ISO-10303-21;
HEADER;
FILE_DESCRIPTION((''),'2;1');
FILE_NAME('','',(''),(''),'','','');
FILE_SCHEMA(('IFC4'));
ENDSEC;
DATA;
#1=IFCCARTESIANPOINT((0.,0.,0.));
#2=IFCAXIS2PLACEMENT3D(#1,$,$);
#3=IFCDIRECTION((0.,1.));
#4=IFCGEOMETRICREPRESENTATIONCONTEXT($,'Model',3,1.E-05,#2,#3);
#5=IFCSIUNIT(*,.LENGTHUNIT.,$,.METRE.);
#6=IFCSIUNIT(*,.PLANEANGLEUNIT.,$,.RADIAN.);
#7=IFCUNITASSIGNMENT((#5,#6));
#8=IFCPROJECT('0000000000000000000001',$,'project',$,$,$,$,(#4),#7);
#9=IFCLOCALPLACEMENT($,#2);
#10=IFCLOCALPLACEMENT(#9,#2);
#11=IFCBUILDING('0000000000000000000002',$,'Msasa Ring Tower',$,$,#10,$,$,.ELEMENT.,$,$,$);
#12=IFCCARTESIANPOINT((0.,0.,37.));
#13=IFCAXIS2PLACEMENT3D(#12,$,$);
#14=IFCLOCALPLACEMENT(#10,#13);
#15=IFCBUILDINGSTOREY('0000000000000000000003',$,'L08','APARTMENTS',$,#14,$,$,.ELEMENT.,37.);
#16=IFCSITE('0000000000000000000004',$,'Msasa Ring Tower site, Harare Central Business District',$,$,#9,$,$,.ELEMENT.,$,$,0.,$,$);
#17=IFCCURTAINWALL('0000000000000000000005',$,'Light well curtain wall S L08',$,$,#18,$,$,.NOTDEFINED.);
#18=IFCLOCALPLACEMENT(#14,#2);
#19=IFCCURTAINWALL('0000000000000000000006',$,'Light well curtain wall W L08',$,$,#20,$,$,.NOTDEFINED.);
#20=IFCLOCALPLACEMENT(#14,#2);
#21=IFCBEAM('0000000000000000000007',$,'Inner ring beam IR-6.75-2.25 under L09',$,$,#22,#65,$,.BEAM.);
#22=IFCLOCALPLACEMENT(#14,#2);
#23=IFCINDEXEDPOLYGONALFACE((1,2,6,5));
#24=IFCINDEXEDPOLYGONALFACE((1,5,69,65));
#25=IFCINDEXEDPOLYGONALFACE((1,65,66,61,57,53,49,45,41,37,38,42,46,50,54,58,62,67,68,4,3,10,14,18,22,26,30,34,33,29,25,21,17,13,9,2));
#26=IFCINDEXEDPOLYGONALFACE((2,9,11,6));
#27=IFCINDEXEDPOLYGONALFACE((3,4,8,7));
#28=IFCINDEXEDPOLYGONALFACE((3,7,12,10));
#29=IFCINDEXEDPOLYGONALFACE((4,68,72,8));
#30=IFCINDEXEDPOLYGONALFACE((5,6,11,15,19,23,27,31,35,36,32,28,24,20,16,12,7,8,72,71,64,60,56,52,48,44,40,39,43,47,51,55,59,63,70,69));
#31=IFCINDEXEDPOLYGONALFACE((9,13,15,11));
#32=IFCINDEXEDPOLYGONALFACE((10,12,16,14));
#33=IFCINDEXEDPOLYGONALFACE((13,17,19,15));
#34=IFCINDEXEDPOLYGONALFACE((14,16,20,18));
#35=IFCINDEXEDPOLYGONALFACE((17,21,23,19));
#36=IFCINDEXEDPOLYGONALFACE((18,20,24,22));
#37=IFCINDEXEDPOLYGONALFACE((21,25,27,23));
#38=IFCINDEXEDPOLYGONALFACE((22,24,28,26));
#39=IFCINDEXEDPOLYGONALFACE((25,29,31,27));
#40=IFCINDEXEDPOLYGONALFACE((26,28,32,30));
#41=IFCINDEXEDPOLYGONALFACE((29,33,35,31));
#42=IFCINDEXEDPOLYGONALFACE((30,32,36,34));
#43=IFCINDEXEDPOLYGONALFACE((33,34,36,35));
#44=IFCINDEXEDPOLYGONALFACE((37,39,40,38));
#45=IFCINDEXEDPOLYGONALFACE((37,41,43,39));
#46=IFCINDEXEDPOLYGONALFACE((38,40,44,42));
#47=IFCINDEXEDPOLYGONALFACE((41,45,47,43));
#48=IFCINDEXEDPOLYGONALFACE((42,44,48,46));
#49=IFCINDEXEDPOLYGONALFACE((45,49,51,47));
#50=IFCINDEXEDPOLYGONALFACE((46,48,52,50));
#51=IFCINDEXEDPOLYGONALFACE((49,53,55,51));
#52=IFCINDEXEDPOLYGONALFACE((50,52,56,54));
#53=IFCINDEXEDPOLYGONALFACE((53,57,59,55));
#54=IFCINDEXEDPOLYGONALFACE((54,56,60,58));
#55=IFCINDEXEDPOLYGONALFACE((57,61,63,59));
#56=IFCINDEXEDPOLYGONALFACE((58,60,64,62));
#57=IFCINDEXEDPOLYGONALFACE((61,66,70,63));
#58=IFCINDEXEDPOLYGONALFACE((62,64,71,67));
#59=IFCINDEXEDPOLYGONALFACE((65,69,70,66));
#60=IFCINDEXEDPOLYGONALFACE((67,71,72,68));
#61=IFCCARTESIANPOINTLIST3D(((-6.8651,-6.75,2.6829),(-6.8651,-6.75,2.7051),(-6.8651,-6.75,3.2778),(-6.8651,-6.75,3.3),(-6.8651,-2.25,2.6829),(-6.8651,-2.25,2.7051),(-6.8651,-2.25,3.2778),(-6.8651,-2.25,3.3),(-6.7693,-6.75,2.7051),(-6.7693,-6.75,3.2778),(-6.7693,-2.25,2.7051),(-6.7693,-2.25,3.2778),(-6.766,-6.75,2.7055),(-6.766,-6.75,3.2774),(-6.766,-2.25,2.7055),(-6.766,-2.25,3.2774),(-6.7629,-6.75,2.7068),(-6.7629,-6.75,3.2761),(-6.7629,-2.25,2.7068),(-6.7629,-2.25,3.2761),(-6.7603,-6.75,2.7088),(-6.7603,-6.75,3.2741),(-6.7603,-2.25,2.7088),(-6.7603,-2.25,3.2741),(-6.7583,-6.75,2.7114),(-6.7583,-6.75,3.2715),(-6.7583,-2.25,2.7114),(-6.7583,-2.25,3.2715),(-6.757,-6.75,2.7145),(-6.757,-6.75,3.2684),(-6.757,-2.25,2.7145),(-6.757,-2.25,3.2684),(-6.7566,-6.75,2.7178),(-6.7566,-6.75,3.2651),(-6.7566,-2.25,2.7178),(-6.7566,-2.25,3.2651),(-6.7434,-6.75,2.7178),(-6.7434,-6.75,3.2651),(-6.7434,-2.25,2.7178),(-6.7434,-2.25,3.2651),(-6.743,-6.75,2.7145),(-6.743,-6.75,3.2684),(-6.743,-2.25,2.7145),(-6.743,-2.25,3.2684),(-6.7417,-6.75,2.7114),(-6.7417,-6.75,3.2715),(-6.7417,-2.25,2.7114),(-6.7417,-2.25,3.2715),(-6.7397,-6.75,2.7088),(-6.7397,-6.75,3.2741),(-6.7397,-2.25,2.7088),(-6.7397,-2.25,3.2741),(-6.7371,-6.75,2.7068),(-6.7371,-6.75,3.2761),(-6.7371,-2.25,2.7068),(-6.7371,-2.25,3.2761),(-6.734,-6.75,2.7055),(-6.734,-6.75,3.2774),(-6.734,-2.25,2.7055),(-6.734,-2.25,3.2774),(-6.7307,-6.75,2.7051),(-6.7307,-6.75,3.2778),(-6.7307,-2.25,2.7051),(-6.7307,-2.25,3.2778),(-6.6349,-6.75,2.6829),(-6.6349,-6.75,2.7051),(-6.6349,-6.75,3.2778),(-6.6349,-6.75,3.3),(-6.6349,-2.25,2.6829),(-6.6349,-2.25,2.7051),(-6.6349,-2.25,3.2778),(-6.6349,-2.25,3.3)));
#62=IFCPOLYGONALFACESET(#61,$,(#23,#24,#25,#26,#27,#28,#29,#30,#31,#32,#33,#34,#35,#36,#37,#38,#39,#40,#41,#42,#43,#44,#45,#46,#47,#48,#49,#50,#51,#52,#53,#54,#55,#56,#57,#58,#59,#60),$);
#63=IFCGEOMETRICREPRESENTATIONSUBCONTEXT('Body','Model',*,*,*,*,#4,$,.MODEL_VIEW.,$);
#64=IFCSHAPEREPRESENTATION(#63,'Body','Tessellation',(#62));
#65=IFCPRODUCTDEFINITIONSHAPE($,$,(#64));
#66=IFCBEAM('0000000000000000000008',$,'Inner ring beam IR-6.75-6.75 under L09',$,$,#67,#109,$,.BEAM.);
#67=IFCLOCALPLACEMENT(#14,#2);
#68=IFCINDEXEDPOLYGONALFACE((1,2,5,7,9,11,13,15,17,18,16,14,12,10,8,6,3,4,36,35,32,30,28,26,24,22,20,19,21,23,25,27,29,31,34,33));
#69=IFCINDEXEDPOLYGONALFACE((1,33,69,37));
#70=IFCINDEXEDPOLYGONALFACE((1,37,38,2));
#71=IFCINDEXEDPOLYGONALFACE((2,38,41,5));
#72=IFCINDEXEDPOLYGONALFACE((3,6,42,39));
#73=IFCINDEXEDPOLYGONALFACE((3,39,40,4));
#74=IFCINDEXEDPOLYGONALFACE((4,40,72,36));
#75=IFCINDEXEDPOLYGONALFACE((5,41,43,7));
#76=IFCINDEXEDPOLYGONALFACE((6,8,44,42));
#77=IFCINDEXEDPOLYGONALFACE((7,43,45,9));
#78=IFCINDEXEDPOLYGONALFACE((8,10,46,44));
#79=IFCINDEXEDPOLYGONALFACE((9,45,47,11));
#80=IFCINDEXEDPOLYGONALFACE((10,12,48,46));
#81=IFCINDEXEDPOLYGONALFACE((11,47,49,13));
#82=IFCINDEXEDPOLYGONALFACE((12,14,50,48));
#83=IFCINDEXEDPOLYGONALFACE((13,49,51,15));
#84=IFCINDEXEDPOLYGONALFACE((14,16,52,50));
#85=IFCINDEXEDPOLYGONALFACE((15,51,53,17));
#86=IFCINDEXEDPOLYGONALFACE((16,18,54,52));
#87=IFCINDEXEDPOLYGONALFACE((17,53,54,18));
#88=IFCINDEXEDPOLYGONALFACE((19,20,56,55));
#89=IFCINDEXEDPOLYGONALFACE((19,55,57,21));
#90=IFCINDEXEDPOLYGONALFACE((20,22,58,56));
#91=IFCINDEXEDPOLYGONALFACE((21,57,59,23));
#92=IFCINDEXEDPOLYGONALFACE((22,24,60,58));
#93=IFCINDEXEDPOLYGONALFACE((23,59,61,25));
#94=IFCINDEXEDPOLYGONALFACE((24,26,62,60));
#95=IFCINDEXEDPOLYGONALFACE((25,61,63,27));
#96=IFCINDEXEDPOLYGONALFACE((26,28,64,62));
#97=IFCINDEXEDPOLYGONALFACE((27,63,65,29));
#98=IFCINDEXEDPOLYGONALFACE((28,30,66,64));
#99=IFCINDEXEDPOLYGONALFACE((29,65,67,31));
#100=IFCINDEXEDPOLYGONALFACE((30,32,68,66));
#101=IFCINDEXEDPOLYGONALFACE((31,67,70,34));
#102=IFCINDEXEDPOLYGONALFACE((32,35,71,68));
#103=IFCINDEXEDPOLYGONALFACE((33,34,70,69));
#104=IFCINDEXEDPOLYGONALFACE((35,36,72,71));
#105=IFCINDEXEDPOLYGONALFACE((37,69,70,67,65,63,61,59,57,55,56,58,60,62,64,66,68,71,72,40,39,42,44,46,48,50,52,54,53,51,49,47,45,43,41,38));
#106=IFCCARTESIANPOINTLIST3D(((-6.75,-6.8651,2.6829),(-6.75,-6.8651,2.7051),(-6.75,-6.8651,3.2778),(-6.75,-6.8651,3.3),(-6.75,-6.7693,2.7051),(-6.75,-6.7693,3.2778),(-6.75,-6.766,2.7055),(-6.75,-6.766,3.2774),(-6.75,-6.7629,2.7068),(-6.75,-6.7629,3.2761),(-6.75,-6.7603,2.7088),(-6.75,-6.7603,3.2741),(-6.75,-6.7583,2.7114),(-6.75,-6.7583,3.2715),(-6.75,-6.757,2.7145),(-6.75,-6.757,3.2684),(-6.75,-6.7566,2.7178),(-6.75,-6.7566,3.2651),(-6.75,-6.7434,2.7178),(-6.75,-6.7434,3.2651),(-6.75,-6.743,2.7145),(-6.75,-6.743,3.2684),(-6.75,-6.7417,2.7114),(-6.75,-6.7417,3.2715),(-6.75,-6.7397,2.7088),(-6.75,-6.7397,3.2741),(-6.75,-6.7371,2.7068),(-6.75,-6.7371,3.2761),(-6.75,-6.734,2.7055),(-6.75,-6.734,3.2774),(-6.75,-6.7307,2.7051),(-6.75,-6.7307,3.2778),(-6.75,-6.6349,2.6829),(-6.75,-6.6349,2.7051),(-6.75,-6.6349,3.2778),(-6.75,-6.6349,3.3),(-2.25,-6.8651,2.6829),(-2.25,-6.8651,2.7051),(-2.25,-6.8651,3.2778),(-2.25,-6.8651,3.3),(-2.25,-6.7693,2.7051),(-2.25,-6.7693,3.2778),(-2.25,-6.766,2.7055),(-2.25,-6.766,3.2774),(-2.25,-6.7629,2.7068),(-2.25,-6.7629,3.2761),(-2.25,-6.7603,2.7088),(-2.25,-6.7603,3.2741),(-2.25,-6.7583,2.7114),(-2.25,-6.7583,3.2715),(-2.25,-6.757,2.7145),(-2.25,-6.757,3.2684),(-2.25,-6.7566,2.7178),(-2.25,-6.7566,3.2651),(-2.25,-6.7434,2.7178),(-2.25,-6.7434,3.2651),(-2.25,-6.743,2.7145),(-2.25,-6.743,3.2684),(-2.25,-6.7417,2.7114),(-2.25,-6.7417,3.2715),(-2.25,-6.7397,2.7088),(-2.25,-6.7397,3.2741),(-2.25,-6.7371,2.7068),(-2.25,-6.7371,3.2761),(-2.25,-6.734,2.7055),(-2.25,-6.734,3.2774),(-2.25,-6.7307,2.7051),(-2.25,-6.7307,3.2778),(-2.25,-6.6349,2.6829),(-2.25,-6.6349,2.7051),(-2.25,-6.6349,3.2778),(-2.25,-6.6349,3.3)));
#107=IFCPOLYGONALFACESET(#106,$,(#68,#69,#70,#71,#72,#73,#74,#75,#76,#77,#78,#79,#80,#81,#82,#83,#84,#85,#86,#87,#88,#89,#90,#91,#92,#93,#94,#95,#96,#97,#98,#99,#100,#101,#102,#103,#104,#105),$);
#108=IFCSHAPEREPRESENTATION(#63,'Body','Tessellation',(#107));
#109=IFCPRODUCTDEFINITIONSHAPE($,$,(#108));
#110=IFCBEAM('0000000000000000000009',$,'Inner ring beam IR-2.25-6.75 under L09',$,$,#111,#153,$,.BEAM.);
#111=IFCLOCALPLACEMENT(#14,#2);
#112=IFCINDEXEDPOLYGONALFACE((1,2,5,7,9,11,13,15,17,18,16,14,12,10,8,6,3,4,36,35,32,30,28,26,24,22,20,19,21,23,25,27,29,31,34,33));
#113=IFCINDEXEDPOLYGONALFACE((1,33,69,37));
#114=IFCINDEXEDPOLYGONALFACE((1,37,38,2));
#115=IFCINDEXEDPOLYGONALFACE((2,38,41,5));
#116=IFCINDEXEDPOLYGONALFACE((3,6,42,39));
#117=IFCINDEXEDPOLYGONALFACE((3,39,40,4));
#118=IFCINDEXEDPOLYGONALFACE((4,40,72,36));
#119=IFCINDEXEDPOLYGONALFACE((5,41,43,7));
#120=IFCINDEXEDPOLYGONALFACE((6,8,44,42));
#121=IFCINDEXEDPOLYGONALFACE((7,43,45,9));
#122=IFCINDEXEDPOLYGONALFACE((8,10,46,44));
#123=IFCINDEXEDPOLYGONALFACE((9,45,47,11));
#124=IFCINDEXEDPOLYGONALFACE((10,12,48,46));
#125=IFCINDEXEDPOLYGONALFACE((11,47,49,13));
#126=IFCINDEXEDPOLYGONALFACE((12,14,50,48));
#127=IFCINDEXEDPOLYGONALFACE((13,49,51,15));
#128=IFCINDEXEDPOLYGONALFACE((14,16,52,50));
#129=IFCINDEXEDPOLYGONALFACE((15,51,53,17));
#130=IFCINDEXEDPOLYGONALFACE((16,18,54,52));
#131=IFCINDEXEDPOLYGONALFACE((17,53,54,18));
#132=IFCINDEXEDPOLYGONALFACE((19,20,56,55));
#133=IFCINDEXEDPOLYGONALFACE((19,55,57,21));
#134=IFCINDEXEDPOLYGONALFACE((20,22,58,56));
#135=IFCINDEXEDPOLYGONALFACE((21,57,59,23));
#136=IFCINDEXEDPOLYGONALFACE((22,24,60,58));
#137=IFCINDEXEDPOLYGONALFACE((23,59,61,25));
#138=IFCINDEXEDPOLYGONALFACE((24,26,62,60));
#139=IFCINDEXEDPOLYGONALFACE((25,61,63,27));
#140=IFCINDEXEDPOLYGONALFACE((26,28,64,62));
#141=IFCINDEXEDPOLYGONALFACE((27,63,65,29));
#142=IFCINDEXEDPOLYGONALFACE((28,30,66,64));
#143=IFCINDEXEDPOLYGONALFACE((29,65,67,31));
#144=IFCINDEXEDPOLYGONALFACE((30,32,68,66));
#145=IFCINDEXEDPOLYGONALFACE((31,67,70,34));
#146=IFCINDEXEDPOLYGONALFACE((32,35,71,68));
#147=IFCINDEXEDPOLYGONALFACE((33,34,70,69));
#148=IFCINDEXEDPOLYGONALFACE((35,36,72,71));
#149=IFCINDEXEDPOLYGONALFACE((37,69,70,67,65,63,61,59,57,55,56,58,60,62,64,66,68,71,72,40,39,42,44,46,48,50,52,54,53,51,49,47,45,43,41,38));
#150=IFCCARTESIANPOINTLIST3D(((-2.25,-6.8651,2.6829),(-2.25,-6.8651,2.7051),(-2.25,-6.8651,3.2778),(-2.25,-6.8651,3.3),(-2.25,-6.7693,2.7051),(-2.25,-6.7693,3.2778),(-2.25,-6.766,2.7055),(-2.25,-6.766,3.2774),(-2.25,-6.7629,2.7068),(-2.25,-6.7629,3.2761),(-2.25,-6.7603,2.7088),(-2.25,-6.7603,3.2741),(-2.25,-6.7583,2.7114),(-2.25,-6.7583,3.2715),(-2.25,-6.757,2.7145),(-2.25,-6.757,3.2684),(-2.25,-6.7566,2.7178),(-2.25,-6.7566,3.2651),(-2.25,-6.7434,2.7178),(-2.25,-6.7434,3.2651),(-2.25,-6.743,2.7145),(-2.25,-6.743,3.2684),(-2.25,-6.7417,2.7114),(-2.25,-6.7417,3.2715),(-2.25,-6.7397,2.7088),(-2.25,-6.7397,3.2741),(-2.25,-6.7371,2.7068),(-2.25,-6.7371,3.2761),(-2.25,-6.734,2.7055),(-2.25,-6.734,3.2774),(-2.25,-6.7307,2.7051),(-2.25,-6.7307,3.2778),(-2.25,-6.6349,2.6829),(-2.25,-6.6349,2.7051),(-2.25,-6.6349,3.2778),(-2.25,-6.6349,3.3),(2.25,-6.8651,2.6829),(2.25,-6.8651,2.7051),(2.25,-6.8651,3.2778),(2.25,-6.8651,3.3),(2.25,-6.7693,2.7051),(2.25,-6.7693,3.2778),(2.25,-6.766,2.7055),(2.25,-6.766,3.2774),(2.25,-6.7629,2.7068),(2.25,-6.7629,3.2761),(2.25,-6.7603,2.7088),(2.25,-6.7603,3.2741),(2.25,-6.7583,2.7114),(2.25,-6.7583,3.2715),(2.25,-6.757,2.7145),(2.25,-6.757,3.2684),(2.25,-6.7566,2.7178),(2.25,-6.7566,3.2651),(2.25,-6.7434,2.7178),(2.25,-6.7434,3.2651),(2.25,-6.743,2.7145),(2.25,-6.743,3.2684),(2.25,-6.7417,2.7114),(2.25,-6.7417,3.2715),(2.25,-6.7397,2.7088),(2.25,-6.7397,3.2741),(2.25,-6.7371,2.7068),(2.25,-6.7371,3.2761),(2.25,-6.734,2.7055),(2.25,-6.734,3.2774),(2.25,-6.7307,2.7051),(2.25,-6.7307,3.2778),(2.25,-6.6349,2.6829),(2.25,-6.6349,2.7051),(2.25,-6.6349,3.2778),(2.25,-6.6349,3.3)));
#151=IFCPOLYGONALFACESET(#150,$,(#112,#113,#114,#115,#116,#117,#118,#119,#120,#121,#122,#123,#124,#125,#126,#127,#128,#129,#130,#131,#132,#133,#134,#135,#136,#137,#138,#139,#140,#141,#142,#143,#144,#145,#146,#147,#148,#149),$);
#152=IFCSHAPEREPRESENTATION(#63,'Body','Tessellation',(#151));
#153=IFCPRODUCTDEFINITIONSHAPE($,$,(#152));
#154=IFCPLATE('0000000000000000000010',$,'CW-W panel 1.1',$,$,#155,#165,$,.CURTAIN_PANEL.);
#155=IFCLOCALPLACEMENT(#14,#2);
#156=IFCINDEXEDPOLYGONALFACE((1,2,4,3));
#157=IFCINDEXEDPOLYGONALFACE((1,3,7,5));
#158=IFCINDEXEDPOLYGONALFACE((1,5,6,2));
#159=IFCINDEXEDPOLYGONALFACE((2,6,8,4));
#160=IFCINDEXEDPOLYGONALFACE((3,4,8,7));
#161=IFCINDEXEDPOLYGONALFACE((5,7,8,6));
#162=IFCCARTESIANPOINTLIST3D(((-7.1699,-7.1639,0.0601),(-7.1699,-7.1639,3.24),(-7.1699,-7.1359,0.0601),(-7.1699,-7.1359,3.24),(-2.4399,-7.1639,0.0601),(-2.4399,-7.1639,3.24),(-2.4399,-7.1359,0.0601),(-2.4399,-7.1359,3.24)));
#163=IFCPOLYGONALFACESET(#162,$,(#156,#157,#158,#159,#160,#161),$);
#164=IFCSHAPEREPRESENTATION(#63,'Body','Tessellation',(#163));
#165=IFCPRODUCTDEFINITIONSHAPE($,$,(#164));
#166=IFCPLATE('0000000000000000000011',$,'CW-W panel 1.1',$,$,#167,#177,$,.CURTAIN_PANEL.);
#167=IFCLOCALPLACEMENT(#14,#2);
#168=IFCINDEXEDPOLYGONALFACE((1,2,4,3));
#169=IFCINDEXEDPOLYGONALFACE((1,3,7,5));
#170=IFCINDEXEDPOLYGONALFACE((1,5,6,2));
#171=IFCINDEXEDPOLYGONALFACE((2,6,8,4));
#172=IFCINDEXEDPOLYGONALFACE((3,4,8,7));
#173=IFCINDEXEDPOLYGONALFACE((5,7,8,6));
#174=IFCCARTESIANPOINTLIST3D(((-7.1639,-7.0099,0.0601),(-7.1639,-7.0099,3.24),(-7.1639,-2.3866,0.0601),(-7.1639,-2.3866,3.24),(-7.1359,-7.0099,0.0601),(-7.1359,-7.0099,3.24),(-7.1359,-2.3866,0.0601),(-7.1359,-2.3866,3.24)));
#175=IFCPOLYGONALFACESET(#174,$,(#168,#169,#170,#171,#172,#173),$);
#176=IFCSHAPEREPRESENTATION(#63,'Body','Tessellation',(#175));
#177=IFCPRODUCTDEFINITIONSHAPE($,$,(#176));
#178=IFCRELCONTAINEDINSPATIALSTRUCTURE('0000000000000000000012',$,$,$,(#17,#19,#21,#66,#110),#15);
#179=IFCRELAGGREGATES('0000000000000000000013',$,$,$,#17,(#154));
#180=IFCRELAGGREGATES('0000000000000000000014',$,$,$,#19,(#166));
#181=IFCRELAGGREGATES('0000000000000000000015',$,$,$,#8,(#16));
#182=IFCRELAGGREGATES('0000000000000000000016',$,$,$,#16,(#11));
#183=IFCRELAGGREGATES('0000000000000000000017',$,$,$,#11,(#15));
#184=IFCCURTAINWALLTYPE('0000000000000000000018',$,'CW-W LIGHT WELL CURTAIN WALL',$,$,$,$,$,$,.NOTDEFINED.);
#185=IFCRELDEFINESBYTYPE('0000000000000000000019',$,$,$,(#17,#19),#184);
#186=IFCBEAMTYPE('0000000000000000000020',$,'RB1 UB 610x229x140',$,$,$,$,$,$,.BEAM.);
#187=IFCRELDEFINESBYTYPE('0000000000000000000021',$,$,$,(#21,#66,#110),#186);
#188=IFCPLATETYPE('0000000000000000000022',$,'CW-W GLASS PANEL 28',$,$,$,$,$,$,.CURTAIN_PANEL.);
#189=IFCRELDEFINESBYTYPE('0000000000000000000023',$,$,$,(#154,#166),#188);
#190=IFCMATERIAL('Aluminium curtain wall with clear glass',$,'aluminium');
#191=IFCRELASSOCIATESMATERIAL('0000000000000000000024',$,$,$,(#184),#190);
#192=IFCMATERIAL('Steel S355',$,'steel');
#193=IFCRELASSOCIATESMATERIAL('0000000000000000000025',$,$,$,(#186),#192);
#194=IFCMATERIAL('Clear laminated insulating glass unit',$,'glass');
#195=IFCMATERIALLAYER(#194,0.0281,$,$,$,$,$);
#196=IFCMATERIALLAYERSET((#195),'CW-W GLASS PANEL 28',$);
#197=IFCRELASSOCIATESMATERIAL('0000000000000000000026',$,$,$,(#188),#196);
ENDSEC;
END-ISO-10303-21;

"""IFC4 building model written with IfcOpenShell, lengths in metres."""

from ifc_helpers import new_model, si_unit, direction, frame, origin, origin_2d, place, context, subcontext, project, spatial, rectangle, i_section, extrude, material, layer, layer_set, material_profile, profile_set, type_object, element, aggregate, save


model = new_model("IFC4")

# Units and contexts
model_context = context("Model", 3, precision=1e-05, world=origin(), true_north=direction((0.0, 1.0)))
body_context = subcontext(model_context, "Body", "Model", "MODEL_VIEW")
ifc_project = project(units=[si_unit("LENGTHUNIT", "METRE"), si_unit("PLANEANGLEUNIT", "RADIAN")], contexts=[model_context])

# Site, building, storey
site_placement = place(None, origin())
site = spatial("IfcSite", under=ifc_project, at=site_placement, Name="Msasa Ring Tower site, Harare Central Business District", CompositionType="ELEMENT", RefElevation=0.0)
building_placement = place(site_placement, origin())
building = spatial("IfcBuilding", under=site, at=building_placement, Name="Msasa Ring Tower", CompositionType="ELEMENT")
storey_placement = place(building_placement, frame((0.0, 0.0, 37.0)))
storey = spatial("IfcBuildingStorey", under=building, at=storey_placement, Name="L08", Description="APARTMENTS", CompositionType="ELEMENT", Elevation=37.0)

# Curtain walls
ifc_material_1 = material(Name="Aluminium curtain wall with clear glass", Category="aluminium")
curtain_wall_type = type_object("IfcCurtainWallType", Name="CW-W LIGHT WELL CURTAIN WALL", PredefinedType="NOTDEFINED", material=ifc_material_1)
curtain_wall_1_placement = place(storey_placement, origin())
curtain_wall_1 = element("IfcCurtainWall", 1, at=curtain_wall_1_placement, inside=storey, type_object=curtain_wall_type, Name="Light well curtain wall S L08", PredefinedType="NOTDEFINED")
curtain_wall_2_placement = place(storey_placement, origin())
curtain_wall_2 = element("IfcCurtainWall", 2, at=curtain_wall_2_placement, inside=storey, type_object=curtain_wall_type, Name="Light well curtain wall W L08", PredefinedType="NOTDEFINED")

# Beams
ifc_material_2 = material(Name="Steel S355", Category="steel")
ifc_material_profile_1 = material_profile(ifc_material_2, i_section(OverallWidth=0.2302, OverallDepth=0.6172, WebThickness=0.0132, FlangeThickness=0.0222, FilletRadius=0.0127, at=origin_2d()), Name="UB 610x229x140")
ifc_profile_set_1 = profile_set([ifc_material_profile_1], Name="Steel S355")
beam_type = type_object("IfcBeamType", Name="RB1 UB 610x229x140", PredefinedType="BEAM", material=ifc_profile_set_1)
for number, where, z_axis, x_axis, name in (
    (3, (-6.75, -2.25, 2.9915), (0.0, -1.0, 0.0), (1.0, 0.0, 0.0), "Inner ring beam IR-6.75-2.25 under L09"),
    (4, (-6.75, -6.75, 2.9915), (1.0, 0.0, 0.0), (0.0, 1.0, 0.0), "Inner ring beam IR-6.75-6.75 under L09"),
    (5, (-2.25, -6.75, 2.9915), (1.0, 0.0, 0.0), (0.0, 1.0, 0.0), "Inner ring beam IR-2.25-6.75 under L09"),
):
    element("IfcBeam", number, at=place(storey_placement, frame(where, z_axis=z_axis, x_axis=x_axis)), inside=storey, type_object=beam_type, Name=name, PredefinedType="BEAM", context=body_context, shape_type="SweptSolid", body=[
        extrude(i_section(OverallWidth=0.2302, OverallDepth=0.6172, WebThickness=0.0132, FlangeThickness=0.0222, FilletRadius=0.0127, at=origin_2d()), origin(), (0.0, 0.0, 1.0), 4.5),
    ])

# Plates
ifc_material_3 = material(Name="Clear laminated insulating glass unit", Category="glass")
ifc_layer = layer(ifc_material_3, 0.0281)
ifc_layer_set = layer_set([ifc_layer], Name="CW-W GLASS PANEL 28")
plate_type = type_object("IfcPlateType", Name="CW-W GLASS PANEL 28", PredefinedType="CURTAIN_PANEL", material=ifc_layer_set)
plate_1_placement = place(storey_placement, frame((-4.8049, -7.1499, 0.0601), z_axis=(0.0, 0.0, 1.0), x_axis=(1.0, 0.0, 0.0)))
plate_1 = element("IfcPlate", 6, at=plate_1_placement, type_object=plate_type, Name="CW-W panel 1.1", PredefinedType="CURTAIN_PANEL", context=body_context, shape_type="SweptSolid", body=[
    extrude(rectangle(XDim=4.73, YDim=0.0281, at=origin_2d()), origin(), (0.0, 0.0, 1.0), 3.1799),
])
aggregate(curtain_wall_1, [plate_1])
plate_2_placement = place(storey_placement, frame((-7.1499, -4.6982, 0.0601), z_axis=(0.0, 0.0, 1.0), x_axis=(0.0, 1.0, 0.0)))
plate_2 = element("IfcPlate", 7, at=plate_2_placement, type_object=plate_type, Name="CW-W panel 1.1", PredefinedType="CURTAIN_PANEL", context=body_context, shape_type="SweptSolid", body=[
    extrude(rectangle(XDim=4.6233, YDim=0.0281, at=origin_2d()), origin(), (0.0, 0.0, 1.0), 3.1799),
])
aggregate(curtain_wall_2, [plate_2])

save(model, "model.ifc")
